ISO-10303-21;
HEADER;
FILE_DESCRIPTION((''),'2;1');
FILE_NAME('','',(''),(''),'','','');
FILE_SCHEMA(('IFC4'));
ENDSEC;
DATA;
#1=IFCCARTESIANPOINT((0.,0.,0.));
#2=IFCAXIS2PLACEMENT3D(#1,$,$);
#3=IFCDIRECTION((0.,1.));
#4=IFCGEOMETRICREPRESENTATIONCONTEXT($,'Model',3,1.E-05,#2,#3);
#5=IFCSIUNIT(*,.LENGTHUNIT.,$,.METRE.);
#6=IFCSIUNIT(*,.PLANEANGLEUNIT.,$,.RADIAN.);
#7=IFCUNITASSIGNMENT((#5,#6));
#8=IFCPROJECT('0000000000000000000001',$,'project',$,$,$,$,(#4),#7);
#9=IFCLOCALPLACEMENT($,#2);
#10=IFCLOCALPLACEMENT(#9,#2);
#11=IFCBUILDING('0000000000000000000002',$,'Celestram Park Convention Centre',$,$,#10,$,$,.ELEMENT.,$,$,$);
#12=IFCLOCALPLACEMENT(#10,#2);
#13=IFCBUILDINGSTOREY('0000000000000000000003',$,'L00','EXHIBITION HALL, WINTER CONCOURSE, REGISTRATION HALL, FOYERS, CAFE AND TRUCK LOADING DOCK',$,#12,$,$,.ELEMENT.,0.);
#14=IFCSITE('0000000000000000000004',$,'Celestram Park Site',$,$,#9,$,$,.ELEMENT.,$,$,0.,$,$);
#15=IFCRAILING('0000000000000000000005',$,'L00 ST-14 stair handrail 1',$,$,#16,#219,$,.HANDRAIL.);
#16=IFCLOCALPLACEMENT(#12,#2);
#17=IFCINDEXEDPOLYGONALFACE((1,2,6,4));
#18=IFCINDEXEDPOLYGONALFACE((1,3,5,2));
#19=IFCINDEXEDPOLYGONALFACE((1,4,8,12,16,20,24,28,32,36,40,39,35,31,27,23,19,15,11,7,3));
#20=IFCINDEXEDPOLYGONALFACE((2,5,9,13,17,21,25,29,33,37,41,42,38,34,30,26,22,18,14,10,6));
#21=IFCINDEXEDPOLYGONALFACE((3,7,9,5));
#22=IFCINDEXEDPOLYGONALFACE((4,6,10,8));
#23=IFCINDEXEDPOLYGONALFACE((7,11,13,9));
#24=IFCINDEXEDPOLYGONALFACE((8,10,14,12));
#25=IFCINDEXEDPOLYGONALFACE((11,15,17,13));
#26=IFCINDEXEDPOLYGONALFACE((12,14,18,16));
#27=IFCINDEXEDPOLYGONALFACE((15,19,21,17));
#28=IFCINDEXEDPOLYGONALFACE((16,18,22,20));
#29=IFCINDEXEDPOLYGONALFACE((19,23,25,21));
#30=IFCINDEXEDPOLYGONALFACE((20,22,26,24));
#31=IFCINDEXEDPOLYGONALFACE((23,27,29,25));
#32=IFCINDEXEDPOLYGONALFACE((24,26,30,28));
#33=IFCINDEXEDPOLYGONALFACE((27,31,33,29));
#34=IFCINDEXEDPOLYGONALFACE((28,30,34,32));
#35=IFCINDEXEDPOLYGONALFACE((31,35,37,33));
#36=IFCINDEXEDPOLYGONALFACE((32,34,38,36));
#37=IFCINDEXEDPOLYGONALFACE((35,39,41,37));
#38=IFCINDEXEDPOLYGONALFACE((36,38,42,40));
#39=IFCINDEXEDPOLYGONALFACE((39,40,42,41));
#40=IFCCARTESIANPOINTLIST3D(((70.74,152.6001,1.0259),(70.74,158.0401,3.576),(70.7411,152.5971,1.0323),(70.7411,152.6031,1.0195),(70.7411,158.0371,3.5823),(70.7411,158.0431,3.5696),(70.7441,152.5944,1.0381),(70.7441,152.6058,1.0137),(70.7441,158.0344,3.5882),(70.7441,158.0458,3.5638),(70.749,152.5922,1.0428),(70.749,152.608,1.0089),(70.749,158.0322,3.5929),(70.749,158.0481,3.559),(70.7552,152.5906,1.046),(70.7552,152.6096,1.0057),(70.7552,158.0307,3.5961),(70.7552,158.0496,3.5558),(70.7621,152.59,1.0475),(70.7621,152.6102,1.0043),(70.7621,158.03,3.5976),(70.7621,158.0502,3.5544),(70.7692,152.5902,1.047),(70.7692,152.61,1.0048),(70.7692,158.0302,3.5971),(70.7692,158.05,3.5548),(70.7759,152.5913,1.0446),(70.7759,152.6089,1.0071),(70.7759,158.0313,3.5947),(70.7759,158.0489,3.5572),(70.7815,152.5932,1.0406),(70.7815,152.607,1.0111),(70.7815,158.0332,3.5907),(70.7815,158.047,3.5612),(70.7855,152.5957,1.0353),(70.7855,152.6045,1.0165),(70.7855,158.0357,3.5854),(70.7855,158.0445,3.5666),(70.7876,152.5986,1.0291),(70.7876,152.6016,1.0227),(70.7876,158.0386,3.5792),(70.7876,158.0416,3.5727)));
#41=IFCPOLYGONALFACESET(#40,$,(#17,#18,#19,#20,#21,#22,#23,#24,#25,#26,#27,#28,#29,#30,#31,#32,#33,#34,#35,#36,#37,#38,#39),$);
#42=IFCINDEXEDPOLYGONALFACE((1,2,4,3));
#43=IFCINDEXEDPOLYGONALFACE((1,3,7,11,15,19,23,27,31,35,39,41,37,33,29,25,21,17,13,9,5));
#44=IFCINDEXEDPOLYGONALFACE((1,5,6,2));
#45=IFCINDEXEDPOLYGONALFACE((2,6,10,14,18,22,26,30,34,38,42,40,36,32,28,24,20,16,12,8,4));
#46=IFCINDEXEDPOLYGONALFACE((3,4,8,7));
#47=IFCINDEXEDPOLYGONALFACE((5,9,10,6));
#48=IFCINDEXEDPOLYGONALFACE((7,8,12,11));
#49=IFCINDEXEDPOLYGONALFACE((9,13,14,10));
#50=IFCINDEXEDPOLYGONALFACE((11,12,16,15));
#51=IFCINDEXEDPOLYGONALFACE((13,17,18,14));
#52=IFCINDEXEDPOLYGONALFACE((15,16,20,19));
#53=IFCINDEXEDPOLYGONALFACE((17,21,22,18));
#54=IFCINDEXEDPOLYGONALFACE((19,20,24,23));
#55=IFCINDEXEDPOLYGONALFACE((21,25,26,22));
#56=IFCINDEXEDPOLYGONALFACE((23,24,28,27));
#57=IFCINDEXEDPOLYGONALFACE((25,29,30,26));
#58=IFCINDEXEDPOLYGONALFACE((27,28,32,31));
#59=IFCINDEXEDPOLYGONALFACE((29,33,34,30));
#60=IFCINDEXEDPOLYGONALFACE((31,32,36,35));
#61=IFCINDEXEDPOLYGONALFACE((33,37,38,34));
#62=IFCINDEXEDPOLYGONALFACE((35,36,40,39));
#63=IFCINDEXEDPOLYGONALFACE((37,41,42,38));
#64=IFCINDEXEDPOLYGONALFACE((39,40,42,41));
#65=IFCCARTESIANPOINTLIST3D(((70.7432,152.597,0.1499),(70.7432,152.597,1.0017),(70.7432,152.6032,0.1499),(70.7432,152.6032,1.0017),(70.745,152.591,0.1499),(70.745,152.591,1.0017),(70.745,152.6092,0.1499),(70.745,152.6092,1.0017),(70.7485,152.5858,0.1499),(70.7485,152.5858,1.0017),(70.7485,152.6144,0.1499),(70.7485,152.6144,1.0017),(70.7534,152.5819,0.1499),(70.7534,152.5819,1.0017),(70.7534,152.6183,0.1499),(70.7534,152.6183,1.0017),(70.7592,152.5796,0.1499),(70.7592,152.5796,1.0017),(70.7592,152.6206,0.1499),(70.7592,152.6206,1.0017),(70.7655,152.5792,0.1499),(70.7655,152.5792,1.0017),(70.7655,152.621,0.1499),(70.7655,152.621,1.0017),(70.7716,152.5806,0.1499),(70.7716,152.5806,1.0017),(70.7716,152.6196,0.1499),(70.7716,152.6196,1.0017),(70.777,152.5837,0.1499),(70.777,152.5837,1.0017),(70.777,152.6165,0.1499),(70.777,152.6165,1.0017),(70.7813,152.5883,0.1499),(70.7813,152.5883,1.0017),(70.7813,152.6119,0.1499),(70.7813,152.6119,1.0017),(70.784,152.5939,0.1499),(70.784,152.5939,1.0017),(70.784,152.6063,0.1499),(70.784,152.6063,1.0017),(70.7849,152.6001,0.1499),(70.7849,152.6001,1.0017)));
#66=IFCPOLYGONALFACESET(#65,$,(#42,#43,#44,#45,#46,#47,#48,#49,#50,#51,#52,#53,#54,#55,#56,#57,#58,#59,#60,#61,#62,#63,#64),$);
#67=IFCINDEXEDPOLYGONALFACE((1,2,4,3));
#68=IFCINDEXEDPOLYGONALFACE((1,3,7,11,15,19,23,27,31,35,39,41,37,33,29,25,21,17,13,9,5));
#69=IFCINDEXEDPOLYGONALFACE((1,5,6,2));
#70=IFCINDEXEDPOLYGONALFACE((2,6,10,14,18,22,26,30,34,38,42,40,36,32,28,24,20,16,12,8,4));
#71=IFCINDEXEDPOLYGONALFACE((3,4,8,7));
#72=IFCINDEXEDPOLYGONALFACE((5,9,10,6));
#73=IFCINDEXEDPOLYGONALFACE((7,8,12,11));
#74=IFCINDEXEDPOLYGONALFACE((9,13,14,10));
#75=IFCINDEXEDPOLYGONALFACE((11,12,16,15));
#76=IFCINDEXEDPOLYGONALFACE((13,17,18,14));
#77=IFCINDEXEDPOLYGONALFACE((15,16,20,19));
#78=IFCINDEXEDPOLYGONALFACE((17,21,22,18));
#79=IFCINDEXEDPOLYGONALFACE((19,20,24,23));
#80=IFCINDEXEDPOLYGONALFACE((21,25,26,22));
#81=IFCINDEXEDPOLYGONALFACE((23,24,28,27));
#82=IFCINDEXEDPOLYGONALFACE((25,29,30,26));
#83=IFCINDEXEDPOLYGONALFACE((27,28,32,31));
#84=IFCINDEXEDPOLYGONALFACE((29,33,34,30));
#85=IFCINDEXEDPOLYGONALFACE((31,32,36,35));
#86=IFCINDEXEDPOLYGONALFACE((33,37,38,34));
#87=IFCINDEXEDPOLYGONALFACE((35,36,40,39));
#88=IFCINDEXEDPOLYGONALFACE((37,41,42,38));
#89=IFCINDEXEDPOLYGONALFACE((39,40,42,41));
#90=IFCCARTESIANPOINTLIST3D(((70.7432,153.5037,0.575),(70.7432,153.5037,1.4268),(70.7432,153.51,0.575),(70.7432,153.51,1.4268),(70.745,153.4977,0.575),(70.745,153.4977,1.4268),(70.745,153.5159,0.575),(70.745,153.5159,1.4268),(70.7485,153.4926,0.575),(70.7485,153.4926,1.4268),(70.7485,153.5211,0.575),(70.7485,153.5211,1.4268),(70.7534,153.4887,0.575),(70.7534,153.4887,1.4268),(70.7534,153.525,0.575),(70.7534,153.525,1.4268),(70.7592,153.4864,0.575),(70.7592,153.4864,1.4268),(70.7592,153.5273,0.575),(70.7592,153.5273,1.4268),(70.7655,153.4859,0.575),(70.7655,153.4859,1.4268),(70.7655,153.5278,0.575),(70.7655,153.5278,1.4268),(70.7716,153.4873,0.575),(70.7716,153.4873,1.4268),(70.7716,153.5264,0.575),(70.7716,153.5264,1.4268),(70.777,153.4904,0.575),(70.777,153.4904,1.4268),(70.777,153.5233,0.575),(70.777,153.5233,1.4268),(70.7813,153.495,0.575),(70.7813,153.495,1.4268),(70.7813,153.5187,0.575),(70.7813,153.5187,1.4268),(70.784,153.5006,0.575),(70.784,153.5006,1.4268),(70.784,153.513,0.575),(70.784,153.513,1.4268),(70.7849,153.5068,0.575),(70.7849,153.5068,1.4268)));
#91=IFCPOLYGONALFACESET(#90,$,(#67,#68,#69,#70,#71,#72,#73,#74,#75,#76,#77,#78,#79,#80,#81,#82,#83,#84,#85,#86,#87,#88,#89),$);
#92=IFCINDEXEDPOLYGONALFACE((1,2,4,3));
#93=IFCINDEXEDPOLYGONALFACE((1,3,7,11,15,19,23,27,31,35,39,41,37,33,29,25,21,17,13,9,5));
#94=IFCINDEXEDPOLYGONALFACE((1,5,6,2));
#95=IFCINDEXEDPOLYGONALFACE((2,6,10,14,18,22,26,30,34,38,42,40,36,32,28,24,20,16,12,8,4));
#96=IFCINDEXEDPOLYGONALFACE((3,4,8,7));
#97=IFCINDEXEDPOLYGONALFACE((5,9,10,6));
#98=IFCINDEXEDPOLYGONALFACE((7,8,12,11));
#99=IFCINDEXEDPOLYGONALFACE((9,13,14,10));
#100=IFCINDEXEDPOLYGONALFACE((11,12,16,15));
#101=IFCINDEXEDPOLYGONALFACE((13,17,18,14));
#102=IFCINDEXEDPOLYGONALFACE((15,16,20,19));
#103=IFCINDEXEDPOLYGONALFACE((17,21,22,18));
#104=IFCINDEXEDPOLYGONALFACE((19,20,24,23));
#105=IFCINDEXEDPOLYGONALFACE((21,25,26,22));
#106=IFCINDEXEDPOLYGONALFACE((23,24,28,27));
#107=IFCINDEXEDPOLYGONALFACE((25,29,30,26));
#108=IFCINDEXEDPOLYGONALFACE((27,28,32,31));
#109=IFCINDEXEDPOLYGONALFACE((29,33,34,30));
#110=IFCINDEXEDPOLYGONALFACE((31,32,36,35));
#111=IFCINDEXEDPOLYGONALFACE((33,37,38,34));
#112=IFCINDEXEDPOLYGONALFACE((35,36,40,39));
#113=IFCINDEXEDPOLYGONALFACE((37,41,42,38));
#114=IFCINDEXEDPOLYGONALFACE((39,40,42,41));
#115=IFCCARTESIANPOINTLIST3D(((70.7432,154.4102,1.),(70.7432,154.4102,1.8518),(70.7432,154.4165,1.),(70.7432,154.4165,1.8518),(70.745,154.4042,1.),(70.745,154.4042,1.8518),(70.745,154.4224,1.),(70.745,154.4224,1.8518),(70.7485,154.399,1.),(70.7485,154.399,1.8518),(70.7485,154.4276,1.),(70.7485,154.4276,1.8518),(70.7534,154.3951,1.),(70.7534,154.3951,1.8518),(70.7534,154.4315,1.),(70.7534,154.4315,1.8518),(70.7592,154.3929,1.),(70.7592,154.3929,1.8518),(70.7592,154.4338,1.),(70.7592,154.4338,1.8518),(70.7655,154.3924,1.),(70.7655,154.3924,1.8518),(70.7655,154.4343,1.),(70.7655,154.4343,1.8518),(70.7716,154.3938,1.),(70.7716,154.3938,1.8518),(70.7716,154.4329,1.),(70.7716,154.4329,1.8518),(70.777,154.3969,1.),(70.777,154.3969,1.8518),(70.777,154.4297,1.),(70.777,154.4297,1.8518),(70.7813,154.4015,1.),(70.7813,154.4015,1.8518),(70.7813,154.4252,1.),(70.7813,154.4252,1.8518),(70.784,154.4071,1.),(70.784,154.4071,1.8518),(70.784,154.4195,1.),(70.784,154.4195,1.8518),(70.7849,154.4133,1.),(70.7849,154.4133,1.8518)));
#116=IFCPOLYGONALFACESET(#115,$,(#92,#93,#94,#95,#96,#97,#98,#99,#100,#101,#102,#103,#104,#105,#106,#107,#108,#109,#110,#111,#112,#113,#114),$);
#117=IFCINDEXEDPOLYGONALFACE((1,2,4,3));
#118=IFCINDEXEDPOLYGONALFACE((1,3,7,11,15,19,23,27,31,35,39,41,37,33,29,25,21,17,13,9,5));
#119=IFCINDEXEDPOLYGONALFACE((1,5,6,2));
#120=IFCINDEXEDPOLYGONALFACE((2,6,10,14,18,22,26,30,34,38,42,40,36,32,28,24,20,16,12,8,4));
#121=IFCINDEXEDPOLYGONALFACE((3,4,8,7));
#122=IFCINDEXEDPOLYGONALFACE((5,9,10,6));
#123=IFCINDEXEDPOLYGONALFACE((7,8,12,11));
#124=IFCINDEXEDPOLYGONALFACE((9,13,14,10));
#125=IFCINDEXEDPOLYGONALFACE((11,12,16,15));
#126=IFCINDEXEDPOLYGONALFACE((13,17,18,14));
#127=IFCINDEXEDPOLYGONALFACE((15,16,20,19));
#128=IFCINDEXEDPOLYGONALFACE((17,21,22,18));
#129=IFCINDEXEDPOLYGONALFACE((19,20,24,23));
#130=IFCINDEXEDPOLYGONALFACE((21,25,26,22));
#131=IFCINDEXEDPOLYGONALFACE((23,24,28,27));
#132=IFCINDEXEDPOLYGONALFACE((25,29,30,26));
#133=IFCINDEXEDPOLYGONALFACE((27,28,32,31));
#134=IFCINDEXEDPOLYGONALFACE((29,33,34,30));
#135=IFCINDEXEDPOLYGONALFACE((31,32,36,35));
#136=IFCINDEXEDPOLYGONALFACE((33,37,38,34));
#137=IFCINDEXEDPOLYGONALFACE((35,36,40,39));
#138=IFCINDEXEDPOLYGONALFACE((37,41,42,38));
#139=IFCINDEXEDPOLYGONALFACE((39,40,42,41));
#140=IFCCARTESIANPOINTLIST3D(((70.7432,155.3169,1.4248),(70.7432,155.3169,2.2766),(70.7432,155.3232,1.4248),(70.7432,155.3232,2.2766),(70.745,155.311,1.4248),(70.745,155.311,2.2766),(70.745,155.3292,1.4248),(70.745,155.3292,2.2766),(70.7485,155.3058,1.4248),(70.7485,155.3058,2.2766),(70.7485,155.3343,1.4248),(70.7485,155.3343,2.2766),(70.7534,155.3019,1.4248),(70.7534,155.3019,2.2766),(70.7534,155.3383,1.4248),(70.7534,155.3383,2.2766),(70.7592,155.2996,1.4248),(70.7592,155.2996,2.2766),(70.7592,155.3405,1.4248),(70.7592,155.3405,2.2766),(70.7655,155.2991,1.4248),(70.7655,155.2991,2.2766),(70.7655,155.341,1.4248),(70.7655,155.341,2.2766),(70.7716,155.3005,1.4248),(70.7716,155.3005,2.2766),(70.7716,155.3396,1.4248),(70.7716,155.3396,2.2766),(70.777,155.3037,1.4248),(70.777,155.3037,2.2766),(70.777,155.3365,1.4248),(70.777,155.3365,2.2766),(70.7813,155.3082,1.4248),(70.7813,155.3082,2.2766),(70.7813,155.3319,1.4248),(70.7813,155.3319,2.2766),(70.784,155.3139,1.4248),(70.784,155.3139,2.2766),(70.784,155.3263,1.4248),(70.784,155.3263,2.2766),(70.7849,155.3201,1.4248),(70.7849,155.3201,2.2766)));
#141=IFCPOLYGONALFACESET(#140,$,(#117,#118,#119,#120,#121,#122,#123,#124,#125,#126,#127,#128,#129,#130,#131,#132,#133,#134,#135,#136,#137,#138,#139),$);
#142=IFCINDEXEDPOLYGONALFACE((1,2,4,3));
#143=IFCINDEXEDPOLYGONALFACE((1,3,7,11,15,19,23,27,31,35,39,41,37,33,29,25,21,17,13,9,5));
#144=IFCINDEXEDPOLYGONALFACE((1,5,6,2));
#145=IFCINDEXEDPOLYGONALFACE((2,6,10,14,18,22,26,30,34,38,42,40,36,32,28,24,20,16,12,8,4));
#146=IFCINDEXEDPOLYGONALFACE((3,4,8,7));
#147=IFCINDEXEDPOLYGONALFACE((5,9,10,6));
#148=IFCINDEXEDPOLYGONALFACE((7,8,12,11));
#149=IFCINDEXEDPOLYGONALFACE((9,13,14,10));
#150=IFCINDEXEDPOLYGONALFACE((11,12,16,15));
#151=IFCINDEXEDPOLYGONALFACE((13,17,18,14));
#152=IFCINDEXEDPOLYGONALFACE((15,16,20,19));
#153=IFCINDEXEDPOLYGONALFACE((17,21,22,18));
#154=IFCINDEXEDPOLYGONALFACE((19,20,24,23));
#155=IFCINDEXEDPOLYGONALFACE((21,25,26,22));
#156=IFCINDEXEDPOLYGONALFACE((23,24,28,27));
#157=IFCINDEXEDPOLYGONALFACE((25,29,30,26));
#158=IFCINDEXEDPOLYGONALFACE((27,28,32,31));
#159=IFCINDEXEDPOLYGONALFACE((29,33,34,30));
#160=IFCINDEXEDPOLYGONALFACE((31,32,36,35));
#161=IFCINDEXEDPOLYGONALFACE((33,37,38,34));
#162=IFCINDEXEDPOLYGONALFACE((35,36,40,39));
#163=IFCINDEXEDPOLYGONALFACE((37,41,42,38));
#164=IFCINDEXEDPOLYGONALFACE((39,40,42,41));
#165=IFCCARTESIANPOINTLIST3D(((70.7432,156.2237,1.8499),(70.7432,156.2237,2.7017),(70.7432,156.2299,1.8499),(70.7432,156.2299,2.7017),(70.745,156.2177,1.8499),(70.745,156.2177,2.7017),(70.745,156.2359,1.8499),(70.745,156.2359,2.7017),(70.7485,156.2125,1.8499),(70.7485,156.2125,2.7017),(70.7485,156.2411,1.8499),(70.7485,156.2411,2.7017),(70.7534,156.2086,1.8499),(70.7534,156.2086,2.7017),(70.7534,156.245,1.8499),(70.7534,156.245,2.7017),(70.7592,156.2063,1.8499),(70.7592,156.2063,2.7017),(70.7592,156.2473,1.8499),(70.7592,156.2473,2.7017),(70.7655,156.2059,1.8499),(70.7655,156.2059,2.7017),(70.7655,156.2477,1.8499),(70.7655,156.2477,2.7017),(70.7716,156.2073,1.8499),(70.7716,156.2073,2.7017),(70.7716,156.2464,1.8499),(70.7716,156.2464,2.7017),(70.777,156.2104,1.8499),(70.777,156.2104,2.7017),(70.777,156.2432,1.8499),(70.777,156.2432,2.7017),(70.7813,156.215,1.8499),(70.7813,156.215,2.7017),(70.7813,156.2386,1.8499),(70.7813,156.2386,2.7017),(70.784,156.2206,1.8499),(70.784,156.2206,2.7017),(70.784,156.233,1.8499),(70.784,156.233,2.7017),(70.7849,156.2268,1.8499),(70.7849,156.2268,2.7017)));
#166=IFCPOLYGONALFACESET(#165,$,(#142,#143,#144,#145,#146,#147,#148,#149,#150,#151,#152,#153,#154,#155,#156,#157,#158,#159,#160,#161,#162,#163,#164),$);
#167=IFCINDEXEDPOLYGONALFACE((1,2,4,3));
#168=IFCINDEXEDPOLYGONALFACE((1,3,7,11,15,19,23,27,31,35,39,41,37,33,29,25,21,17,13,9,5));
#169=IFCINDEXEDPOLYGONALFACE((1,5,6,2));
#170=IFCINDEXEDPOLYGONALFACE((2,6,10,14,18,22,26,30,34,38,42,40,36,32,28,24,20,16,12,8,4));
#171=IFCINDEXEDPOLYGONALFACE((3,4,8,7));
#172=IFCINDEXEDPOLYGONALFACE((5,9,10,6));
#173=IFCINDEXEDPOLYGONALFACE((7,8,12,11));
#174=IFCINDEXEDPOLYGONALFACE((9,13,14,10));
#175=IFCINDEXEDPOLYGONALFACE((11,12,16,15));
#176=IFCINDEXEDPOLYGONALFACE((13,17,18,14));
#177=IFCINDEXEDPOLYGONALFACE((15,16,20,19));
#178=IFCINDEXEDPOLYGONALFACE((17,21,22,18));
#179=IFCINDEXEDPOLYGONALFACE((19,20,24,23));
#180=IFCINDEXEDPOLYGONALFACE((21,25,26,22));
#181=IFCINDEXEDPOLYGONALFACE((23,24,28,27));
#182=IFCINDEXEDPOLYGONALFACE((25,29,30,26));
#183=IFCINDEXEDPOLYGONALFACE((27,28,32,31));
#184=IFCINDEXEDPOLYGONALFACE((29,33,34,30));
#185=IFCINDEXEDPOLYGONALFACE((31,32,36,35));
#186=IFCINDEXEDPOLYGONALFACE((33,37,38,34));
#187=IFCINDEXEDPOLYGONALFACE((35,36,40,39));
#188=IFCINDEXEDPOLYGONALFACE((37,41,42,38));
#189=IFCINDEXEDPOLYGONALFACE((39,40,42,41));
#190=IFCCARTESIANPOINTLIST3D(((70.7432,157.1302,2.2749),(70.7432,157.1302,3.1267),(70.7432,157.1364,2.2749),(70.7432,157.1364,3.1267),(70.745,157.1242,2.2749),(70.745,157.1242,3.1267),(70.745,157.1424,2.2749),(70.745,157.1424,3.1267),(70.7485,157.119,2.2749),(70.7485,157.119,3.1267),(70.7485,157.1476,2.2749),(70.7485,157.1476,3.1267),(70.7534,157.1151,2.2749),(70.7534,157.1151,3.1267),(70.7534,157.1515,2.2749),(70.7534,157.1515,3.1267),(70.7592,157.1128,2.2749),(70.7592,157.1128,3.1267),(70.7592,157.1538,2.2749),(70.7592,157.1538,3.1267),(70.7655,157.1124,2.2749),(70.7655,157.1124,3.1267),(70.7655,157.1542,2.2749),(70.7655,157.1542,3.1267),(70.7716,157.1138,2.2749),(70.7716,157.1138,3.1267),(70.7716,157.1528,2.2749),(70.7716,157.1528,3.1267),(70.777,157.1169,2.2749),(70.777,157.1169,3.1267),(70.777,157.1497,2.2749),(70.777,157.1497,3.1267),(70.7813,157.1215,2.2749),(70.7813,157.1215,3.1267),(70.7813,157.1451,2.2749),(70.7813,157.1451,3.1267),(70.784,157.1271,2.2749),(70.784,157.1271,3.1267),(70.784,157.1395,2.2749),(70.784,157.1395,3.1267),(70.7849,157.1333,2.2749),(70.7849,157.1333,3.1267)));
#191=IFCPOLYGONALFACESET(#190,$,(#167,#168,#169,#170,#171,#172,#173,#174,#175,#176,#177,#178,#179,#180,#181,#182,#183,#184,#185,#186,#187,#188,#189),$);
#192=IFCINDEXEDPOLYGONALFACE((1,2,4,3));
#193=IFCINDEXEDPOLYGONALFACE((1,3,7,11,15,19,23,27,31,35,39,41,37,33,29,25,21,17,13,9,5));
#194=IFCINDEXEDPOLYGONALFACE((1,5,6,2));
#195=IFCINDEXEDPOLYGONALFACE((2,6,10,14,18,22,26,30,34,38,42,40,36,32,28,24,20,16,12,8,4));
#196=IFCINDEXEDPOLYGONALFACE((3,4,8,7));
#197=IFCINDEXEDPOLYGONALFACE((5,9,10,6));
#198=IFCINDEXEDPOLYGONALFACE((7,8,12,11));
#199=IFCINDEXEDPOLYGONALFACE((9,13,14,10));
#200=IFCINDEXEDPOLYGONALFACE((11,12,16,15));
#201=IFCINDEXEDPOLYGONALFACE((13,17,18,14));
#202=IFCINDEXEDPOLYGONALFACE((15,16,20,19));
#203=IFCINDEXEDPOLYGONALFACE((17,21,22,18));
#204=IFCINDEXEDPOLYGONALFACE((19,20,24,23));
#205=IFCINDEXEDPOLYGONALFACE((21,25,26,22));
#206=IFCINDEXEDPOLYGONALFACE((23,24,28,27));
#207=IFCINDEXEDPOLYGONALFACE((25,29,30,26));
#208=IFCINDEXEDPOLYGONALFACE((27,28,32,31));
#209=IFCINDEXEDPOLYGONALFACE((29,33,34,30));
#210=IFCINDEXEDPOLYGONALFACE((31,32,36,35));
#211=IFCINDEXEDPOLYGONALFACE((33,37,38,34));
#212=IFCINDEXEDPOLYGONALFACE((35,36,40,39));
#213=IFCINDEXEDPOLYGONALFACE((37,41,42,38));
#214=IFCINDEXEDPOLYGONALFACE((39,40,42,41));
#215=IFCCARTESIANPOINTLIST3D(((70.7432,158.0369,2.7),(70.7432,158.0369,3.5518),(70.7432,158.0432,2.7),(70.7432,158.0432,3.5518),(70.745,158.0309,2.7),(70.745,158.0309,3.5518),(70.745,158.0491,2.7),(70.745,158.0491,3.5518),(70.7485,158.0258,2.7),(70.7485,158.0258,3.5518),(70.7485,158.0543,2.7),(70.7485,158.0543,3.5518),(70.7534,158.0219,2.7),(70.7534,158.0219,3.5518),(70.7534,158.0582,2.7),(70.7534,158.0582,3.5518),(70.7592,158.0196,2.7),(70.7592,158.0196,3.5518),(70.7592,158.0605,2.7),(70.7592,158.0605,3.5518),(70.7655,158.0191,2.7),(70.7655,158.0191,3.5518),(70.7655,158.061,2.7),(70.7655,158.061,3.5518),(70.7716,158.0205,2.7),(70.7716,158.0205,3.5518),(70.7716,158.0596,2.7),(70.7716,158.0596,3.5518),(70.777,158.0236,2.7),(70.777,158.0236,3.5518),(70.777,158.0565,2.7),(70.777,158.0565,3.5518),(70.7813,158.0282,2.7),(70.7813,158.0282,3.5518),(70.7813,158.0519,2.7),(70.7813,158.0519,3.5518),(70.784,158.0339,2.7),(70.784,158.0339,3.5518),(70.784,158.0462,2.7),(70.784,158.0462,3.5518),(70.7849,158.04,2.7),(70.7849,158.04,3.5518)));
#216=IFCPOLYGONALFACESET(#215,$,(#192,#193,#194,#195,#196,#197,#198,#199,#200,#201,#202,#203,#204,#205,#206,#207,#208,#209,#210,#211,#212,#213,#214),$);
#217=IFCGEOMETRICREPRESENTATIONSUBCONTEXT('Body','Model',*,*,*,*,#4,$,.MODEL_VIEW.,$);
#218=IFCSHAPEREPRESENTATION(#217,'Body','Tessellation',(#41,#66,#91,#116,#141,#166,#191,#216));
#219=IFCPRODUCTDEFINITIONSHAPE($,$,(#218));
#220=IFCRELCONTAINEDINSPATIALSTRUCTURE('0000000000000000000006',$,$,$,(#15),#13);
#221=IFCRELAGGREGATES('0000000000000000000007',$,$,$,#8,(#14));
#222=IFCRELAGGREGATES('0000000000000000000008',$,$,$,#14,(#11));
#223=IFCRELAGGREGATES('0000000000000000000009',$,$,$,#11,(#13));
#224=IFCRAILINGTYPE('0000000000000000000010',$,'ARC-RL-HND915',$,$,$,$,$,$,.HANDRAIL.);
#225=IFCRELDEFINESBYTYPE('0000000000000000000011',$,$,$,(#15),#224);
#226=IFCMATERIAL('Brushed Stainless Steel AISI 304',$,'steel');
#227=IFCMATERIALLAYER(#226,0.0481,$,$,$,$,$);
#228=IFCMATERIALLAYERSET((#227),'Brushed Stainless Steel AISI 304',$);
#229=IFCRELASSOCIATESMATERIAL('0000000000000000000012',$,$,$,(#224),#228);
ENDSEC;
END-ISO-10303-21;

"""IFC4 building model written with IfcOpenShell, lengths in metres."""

from ifc_helpers import new_model, si_unit, direction, frame, origin, origin_2d, place, context, subcontext, project, spatial, circle, extrude, material, layer, layer_set, type_object, element, save


model = new_model("IFC4")

# Units and contexts
model_context = context("Model", 3, precision=1e-05, world=origin(), true_north=direction((0.0, 1.0)))
body_context = subcontext(model_context, "Body", "Model", "MODEL_VIEW")
ifc_project = project(units=[si_unit("LENGTHUNIT", "METRE"), si_unit("PLANEANGLEUNIT", "RADIAN")], contexts=[model_context])

# Site, building, storey
site_placement = place(None, origin())
site = spatial("IfcSite", under=ifc_project, at=site_placement, Name="Celestram Park Site", CompositionType="ELEMENT", RefElevation=0.0)
building_placement = place(site_placement, origin())
building = spatial("IfcBuilding", under=site, at=building_placement, Name="Celestram Park Convention Centre", CompositionType="ELEMENT")
storey_placement = place(building_placement, origin())
storey = spatial("IfcBuildingStorey", under=building, at=storey_placement, Name="L00", Description="EXHIBITION HALL, WINTER CONCOURSE, REGISTRATION HALL, FOYERS, CAFE AND TRUCK LOADING DOCK", CompositionType="ELEMENT", Elevation=0.0)

# Railing
ifc_material_1 = material(Name="Brushed Stainless Steel AISI 304", Category="steel")
ifc_layer_1 = layer(ifc_material_1, 0.0481)
ifc_layer_set_1 = layer_set([ifc_layer_1], Name="Brushed Stainless Steel AISI 304")
railing_type_1 = type_object("IfcRailingType", Name="ARC-RL-HND915", PredefinedType="HANDRAIL", material=ifc_layer_set_1)
railing_1_placement = place(storey_placement, frame((70.7639, 152.6001, 0.1499)))
element("IfcRailing", 1, at=railing_1_placement, inside=storey, type_object=railing_type_1, Name="L00 ST-14 stair handrail 1", PredefinedType="HANDRAIL", context=body_context, shape_type="SweptSolid", body=[
    extrude(circle(Radius=0.0239, at=origin_2d()), frame((0.0, 0.0, 0.876), z_axis=(0.0, 0.905454, 0.424444), x_axis=(-1.0, 0.0, 0.0)), (0.0, 0.0, 1.0), 6.0081),
    extrude(circle(Radius=0.021, at=origin_2d()), origin(), (0.0, 0.0, 1.0), 0.8518),
    extrude(circle(Radius=0.021, at=origin_2d()), frame((0.0, 0.9067, 0.425)), (0.0, 0.0, 1.0), 0.8518),
    extrude(circle(Radius=0.021, at=origin_2d()), frame((0.0, 1.8132, 0.8501)), (0.0, 0.0, 1.0), 0.8518),
    extrude(circle(Radius=0.021, at=origin_2d()), frame((0.0, 2.72, 1.2749)), (0.0, 0.0, 1.0), 0.8518),
    extrude(circle(Radius=0.021, at=origin_2d()), frame((0.0, 3.6267, 1.7)), (0.0, 0.0, 1.0), 0.8518),
    extrude(circle(Radius=0.021, at=origin_2d()), frame((0.0, 4.5332, 2.125)), (0.0, 0.0, 1.0), 0.8518),
    extrude(circle(Radius=0.021, at=origin_2d()), frame((0.0, 5.4399, 2.55)), (0.0, 0.0, 1.0), 0.8518),
])

save(model, "model.ifc")
